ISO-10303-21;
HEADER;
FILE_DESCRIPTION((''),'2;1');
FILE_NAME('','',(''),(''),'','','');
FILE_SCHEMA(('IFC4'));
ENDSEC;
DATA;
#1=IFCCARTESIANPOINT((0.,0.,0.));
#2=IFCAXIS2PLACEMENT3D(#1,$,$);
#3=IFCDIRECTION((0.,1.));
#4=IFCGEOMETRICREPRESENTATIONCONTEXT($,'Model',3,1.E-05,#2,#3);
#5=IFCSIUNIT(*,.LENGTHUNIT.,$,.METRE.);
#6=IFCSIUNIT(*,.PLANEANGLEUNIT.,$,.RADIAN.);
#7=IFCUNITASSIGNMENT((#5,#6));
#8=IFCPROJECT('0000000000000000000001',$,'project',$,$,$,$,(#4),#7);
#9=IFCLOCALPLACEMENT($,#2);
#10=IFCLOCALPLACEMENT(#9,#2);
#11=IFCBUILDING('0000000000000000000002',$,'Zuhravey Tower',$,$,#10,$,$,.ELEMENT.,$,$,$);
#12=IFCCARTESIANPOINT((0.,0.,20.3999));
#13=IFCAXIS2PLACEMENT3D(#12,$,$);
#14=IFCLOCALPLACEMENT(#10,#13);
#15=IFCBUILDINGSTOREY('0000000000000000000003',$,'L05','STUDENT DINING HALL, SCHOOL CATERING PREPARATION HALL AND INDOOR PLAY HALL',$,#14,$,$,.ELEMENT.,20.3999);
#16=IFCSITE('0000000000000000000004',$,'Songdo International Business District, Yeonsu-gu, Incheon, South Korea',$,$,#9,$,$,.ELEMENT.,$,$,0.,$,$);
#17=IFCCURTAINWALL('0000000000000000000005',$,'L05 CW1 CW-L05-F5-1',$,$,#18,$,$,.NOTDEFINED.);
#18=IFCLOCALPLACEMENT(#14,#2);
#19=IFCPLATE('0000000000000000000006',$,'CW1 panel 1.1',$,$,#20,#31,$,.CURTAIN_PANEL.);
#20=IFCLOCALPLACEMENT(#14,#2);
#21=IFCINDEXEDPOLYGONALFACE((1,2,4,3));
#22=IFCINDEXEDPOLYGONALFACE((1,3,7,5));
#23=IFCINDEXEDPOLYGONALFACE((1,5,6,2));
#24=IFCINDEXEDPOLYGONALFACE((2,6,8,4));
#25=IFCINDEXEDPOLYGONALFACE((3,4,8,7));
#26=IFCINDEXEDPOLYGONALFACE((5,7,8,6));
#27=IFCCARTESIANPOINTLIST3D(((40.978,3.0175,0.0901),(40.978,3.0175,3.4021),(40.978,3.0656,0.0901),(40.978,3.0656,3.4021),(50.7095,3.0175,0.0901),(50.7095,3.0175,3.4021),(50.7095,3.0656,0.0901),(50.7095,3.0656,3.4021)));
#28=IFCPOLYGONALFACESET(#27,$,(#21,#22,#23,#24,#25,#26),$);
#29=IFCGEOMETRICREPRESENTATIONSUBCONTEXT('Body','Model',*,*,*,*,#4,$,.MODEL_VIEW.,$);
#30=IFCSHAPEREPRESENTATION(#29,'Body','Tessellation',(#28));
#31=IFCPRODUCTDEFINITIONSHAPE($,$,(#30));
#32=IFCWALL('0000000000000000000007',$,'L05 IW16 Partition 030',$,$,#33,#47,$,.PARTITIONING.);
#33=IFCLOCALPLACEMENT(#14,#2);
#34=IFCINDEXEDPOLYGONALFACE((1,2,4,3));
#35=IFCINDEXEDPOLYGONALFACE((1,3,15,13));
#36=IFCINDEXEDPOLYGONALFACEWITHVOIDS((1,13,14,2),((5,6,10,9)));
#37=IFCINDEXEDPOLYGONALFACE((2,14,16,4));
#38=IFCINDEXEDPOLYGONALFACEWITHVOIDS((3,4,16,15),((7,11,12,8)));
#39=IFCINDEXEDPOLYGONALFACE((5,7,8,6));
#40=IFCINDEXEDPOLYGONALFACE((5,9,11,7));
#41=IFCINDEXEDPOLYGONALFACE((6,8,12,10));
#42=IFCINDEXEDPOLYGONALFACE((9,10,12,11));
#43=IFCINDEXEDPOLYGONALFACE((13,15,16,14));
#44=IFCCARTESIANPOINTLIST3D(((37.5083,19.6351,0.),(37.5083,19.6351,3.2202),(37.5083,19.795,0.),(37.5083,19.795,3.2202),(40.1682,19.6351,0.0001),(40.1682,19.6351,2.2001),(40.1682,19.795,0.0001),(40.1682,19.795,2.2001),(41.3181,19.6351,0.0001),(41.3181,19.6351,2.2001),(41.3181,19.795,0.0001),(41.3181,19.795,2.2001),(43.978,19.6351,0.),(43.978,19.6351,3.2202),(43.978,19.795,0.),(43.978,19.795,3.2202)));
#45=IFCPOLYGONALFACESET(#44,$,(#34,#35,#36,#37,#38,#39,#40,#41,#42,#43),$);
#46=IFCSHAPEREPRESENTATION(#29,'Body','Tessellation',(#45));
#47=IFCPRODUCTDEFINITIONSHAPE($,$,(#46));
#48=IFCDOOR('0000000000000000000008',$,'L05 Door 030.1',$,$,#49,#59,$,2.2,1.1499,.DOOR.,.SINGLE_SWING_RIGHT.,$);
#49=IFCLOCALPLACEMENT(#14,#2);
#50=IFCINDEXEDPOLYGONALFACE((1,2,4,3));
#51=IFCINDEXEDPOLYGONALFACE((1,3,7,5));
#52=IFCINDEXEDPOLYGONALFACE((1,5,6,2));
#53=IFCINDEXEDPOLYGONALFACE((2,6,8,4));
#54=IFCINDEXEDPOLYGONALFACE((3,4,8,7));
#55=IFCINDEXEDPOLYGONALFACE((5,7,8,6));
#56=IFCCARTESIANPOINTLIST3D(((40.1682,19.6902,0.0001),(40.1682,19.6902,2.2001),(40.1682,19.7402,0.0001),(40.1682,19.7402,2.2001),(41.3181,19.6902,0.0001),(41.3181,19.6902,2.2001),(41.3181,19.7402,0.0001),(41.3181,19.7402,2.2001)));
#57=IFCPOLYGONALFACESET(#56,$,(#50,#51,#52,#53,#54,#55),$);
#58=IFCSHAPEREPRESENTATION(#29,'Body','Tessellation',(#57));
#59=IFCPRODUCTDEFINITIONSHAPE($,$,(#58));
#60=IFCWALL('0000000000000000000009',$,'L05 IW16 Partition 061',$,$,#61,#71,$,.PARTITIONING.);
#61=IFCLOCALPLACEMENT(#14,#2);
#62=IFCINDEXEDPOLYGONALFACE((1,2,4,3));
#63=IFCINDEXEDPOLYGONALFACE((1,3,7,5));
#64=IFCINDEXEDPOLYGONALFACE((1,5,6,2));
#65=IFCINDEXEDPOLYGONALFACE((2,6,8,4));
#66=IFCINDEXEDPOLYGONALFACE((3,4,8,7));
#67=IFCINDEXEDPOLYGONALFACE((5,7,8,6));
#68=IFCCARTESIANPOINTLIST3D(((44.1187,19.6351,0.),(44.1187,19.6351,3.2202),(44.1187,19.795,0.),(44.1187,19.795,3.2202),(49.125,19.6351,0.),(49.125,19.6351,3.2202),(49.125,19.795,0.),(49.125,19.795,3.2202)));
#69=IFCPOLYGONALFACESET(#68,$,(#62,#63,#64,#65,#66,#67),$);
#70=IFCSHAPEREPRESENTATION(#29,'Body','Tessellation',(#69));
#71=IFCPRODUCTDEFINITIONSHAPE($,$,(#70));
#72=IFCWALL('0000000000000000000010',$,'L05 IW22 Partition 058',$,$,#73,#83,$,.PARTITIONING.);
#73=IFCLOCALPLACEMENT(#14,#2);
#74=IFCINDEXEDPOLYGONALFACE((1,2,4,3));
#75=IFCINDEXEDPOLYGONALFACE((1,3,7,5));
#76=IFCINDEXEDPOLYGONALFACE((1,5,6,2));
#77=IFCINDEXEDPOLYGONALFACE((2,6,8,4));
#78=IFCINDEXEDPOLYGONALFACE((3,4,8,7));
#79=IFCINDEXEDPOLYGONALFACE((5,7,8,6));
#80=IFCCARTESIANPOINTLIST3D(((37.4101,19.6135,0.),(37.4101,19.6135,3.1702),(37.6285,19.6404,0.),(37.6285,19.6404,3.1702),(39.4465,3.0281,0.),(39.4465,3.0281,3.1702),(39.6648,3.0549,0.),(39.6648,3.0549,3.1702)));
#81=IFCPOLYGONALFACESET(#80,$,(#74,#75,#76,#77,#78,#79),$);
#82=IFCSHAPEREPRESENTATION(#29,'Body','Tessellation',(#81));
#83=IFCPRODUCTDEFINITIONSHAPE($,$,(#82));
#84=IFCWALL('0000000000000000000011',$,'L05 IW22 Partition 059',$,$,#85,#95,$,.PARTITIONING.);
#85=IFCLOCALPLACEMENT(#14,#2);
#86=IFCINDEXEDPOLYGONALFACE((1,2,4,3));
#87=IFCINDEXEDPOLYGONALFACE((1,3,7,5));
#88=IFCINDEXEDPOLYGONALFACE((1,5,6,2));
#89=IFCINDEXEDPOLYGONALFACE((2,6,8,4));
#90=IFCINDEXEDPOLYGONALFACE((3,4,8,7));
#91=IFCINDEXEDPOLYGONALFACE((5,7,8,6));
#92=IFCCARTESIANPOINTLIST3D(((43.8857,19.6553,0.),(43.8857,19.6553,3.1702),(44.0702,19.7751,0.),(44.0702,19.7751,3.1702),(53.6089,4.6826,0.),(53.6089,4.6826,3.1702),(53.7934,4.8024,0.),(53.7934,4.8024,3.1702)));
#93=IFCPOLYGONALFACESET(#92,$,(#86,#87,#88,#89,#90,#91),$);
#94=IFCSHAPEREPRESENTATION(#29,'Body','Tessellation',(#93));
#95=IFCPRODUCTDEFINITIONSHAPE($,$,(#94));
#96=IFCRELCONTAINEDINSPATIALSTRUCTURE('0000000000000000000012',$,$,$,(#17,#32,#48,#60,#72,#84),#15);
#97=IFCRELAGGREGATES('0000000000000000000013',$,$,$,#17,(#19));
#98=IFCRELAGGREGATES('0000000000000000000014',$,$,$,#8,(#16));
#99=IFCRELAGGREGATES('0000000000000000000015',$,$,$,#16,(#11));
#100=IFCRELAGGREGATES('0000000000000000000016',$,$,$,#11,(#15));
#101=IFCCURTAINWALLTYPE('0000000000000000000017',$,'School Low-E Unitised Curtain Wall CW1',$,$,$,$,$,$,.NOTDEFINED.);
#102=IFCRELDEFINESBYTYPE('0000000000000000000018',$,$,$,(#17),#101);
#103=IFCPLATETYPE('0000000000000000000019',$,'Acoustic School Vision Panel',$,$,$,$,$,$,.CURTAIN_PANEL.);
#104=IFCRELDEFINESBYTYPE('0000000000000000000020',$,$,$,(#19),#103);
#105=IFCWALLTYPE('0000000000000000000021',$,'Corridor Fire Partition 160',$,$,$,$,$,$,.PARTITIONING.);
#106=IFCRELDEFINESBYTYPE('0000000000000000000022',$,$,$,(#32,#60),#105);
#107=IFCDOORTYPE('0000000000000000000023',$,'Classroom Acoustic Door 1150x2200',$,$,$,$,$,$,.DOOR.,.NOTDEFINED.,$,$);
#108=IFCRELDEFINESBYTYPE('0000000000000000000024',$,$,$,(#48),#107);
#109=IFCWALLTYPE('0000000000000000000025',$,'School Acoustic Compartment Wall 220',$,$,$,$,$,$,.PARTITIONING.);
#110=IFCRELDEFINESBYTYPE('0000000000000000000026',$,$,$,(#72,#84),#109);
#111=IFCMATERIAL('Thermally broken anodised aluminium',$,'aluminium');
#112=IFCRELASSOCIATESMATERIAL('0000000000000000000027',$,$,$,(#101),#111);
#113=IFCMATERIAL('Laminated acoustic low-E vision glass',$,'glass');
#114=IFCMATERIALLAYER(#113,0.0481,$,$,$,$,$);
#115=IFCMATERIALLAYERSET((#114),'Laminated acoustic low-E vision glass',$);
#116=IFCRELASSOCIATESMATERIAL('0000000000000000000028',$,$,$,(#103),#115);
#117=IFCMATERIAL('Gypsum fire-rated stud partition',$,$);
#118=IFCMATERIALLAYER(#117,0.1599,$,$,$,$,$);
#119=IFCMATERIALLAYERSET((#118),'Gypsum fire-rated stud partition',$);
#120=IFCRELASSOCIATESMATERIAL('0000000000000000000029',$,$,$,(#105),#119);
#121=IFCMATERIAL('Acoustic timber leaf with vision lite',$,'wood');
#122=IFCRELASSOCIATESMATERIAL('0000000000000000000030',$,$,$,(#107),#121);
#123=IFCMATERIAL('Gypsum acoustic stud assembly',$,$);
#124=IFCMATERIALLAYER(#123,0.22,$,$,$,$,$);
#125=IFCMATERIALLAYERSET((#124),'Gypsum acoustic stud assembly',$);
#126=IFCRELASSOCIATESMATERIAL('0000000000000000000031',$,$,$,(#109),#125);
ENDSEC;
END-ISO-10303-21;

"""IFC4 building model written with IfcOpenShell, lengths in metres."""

from ifc_helpers import new_model, si_unit, direction, frame, frame_2d, origin, origin_2d, place, context, subcontext, project, spatial, rectangle, extrude, material, layer, layer_set, type_object, element, fill, aggregate, save


model = new_model("IFC4")

# Units and contexts
model_context = context("Model", 3, precision=1e-05, world=origin(), true_north=direction((0.0, 1.0)))
body_context = subcontext(model_context, "Body", "Model", "MODEL_VIEW")
ifc_project = project(units=[si_unit("LENGTHUNIT", "METRE"), si_unit("PLANEANGLEUNIT", "RADIAN")], contexts=[model_context])

# Site, building, storey
site_placement = place(None, origin())
site = spatial("IfcSite", under=ifc_project, at=site_placement, Name="Songdo International Business District, Yeonsu-gu, Incheon, South Korea", CompositionType="ELEMENT", RefElevation=0.0)
building_placement = place(site_placement, origin())
building = spatial("IfcBuilding", under=site, at=building_placement, Name="Zuhravey Tower", CompositionType="ELEMENT")
storey_placement = place(building_placement, frame((0.0, 0.0, 20.3999)))
storey = spatial("IfcBuildingStorey", under=building, at=storey_placement, Name="L05", Description="STUDENT DINING HALL, SCHOOL CATERING PREPARATION HALL AND INDOOR PLAY HALL", CompositionType="ELEMENT", Elevation=20.3999)

# Curtain wall
ifc_material_1 = material(Name="Thermally broken anodised aluminium", Category="aluminium")
curtain_wall_type = type_object("IfcCurtainWallType", Name="School Low-E Unitised Curtain Wall CW1", PredefinedType="NOTDEFINED", material=ifc_material_1)
curtain_wall_placement = place(storey_placement, origin())
curtain_wall = element("IfcCurtainWall", 1, at=curtain_wall_placement, inside=storey, type_object=curtain_wall_type, Name="L05 CW1 CW-L05-F5-1", PredefinedType="NOTDEFINED")

# Plate
ifc_material_2 = material(Name="Laminated acoustic low-E vision glass", Category="glass")
ifc_layer_1 = layer(ifc_material_2, 0.0481)
ifc_layer_set_1 = layer_set([ifc_layer_1], Name="Laminated acoustic low-E vision glass")
plate_type = type_object("IfcPlateType", Name="Acoustic School Vision Panel", PredefinedType="CURTAIN_PANEL", material=ifc_layer_set_1)
plate_placement = place(storey_placement, frame((45.8438, 3.0415, 0.0901), z_axis=(0.0, 0.0, 1.0), x_axis=(-1.0, 0.0, 0.0)))
plate = element("IfcPlate", 2, at=plate_placement, type_object=plate_type, Name="CW1 panel 1.1", PredefinedType="CURTAIN_PANEL", context=body_context, shape_type="SweptSolid", body=[
    extrude(rectangle(XDim=9.7314, YDim=0.0481, at=origin_2d()), origin(), (0.0, 0.0, 1.0), 3.312),
])
aggregate(curtain_wall, [plate])

# Wall, opening, door
ifc_material_3 = material(Name="Gypsum fire-rated stud partition")
ifc_layer_2 = layer(ifc_material_3, 0.1599)
ifc_layer_set_2 = layer_set([ifc_layer_2], Name="Gypsum fire-rated stud partition")
wall_type_1 = type_object("IfcWallType", Name="Corridor Fire Partition 160", PredefinedType="PARTITIONING", material=ifc_layer_set_2)
wall_1_placement = place(storey_placement, frame((37.5083, 19.7151, 0.0), z_axis=(0.0, 0.0, 1.0), x_axis=(1.0, 0.0, 0.0)))
wall_1 = element("IfcWall", 3, at=wall_1_placement, inside=storey, type_object=wall_type_1, Name="L05 IW16 Partition 030", PredefinedType="PARTITIONING", context=body_context, shape_type="SweptSolid", body=[
    extrude(rectangle(XDim=6.4697, YDim=0.1599, at=frame_2d((3.2349, 0.0))), origin(), (0.0, 0.0, 1.0), 3.2202),
])
opening_1_placement = place(wall_1_placement, frame((2.6599, 0.0, 0.0)))
opening_1 = element("IfcOpeningElement", 4, at=opening_1_placement, cuts=wall_1, PredefinedType="OPENING", context=body_context, shape_type="SweptSolid", body=[
    extrude(rectangle(XDim=1.1499, YDim=2.2, at=frame_2d((0.575, 1.1001))), frame((0.0, 0.092, 0.0), z_axis=(0.0, -1.0, 0.0), x_axis=(1.0, 0.0, 0.0)), (0.0, 0.0, 1.0), 0.1838),
])
ifc_material_4 = material(Name="Acoustic timber leaf with vision lite", Category="wood")
door_type_1 = type_object("IfcDoorType", Name="Classroom Acoustic Door 1150x2200", OperationType="NOTDEFINED", PredefinedType="DOOR", material=ifc_material_4)
door_1_placement = place(opening_1_placement, frame((1.1499, 0.0, 0.0), z_axis=(0.0, 0.0, 1.0), x_axis=(-1.0, 0.0, 0.0)))
door_1 = element("IfcDoor", 5, at=door_1_placement, inside=storey, type_object=door_type_1, Name="L05 Door 030.1", OperationType="SINGLE_SWING_RIGHT", OverallHeight=2.2, OverallWidth=1.1499, PredefinedType="DOOR", context=body_context, shape_type="SweptSolid", body=[
    extrude(rectangle(XDim=1.1499, YDim=2.2, at=frame_2d((0.575, 1.1001))), frame((0.0, 0.0249, 0.0), z_axis=(0.0, -1.0, 0.0), x_axis=(1.0, 0.0, 0.0)), (0.0, 0.0, 1.0), 0.05),
])
fill(opening_1, door_1)

# Walls
wall_2_placement = place(storey_placement, frame((44.1187, 19.7151, 0.0), z_axis=(0.0, 0.0, 1.0), x_axis=(1.0, 0.0, 0.0)))
element("IfcWall", 6, at=wall_2_placement, inside=storey, type_object=wall_type_1, Name="L05 IW16 Partition 061", PredefinedType="PARTITIONING", context=body_context, shape_type="SweptSolid", body=[
    extrude(rectangle(XDim=5.0063, YDim=0.1599, at=frame_2d((2.5032, 0.0))), origin(), (0.0, 0.0, 1.0), 3.2202),
])
ifc_material_5 = material(Name="Gypsum acoustic stud assembly")
ifc_layer_3 = layer(ifc_material_5, 0.22)
ifc_layer_set_3 = layer_set([ifc_layer_3], Name="Gypsum acoustic stud assembly")
wall_type_2 = type_object("IfcWallType", Name="School Acoustic Compartment Wall 220", PredefinedType="PARTITIONING", material=ifc_layer_set_3)
wall_3_placement = place(storey_placement, frame((37.5193, 19.627, 0.0), z_axis=(0.0, 0.0, 1.0), x_axis=(0.121866, -0.992547, 0.0)))
element("IfcWall", 7, at=wall_3_placement, inside=storey, type_object=wall_type_2, Name="L05 IW22 Partition 058", PredefinedType="PARTITIONING", context=body_context, shape_type="SweptSolid", body=[
    extrude(rectangle(XDim=16.71, YDim=0.22, at=frame_2d((8.355, 0.0))), origin(), (0.0, 0.0, 1.0), 3.1702),
])
wall_4_placement = place(storey_placement, frame((43.978, 19.7151, 0.0), z_axis=(0.0, 0.0, 1.0), x_axis=(0.544631, -0.838676, 0.0)))
element("IfcWall", 8, at=wall_4_placement, inside=storey, type_object=wall_type_2, Name="L05 IW22 Partition 059", PredefinedType="PARTITIONING", context=body_context, shape_type="SweptSolid", body=[
    extrude(rectangle(XDim=17.8528, YDim=0.22, at=frame_2d((8.9263, 0.0))), origin(), (0.0, 0.0, 1.0), 3.1702),
])

save(model, "model.ifc")
